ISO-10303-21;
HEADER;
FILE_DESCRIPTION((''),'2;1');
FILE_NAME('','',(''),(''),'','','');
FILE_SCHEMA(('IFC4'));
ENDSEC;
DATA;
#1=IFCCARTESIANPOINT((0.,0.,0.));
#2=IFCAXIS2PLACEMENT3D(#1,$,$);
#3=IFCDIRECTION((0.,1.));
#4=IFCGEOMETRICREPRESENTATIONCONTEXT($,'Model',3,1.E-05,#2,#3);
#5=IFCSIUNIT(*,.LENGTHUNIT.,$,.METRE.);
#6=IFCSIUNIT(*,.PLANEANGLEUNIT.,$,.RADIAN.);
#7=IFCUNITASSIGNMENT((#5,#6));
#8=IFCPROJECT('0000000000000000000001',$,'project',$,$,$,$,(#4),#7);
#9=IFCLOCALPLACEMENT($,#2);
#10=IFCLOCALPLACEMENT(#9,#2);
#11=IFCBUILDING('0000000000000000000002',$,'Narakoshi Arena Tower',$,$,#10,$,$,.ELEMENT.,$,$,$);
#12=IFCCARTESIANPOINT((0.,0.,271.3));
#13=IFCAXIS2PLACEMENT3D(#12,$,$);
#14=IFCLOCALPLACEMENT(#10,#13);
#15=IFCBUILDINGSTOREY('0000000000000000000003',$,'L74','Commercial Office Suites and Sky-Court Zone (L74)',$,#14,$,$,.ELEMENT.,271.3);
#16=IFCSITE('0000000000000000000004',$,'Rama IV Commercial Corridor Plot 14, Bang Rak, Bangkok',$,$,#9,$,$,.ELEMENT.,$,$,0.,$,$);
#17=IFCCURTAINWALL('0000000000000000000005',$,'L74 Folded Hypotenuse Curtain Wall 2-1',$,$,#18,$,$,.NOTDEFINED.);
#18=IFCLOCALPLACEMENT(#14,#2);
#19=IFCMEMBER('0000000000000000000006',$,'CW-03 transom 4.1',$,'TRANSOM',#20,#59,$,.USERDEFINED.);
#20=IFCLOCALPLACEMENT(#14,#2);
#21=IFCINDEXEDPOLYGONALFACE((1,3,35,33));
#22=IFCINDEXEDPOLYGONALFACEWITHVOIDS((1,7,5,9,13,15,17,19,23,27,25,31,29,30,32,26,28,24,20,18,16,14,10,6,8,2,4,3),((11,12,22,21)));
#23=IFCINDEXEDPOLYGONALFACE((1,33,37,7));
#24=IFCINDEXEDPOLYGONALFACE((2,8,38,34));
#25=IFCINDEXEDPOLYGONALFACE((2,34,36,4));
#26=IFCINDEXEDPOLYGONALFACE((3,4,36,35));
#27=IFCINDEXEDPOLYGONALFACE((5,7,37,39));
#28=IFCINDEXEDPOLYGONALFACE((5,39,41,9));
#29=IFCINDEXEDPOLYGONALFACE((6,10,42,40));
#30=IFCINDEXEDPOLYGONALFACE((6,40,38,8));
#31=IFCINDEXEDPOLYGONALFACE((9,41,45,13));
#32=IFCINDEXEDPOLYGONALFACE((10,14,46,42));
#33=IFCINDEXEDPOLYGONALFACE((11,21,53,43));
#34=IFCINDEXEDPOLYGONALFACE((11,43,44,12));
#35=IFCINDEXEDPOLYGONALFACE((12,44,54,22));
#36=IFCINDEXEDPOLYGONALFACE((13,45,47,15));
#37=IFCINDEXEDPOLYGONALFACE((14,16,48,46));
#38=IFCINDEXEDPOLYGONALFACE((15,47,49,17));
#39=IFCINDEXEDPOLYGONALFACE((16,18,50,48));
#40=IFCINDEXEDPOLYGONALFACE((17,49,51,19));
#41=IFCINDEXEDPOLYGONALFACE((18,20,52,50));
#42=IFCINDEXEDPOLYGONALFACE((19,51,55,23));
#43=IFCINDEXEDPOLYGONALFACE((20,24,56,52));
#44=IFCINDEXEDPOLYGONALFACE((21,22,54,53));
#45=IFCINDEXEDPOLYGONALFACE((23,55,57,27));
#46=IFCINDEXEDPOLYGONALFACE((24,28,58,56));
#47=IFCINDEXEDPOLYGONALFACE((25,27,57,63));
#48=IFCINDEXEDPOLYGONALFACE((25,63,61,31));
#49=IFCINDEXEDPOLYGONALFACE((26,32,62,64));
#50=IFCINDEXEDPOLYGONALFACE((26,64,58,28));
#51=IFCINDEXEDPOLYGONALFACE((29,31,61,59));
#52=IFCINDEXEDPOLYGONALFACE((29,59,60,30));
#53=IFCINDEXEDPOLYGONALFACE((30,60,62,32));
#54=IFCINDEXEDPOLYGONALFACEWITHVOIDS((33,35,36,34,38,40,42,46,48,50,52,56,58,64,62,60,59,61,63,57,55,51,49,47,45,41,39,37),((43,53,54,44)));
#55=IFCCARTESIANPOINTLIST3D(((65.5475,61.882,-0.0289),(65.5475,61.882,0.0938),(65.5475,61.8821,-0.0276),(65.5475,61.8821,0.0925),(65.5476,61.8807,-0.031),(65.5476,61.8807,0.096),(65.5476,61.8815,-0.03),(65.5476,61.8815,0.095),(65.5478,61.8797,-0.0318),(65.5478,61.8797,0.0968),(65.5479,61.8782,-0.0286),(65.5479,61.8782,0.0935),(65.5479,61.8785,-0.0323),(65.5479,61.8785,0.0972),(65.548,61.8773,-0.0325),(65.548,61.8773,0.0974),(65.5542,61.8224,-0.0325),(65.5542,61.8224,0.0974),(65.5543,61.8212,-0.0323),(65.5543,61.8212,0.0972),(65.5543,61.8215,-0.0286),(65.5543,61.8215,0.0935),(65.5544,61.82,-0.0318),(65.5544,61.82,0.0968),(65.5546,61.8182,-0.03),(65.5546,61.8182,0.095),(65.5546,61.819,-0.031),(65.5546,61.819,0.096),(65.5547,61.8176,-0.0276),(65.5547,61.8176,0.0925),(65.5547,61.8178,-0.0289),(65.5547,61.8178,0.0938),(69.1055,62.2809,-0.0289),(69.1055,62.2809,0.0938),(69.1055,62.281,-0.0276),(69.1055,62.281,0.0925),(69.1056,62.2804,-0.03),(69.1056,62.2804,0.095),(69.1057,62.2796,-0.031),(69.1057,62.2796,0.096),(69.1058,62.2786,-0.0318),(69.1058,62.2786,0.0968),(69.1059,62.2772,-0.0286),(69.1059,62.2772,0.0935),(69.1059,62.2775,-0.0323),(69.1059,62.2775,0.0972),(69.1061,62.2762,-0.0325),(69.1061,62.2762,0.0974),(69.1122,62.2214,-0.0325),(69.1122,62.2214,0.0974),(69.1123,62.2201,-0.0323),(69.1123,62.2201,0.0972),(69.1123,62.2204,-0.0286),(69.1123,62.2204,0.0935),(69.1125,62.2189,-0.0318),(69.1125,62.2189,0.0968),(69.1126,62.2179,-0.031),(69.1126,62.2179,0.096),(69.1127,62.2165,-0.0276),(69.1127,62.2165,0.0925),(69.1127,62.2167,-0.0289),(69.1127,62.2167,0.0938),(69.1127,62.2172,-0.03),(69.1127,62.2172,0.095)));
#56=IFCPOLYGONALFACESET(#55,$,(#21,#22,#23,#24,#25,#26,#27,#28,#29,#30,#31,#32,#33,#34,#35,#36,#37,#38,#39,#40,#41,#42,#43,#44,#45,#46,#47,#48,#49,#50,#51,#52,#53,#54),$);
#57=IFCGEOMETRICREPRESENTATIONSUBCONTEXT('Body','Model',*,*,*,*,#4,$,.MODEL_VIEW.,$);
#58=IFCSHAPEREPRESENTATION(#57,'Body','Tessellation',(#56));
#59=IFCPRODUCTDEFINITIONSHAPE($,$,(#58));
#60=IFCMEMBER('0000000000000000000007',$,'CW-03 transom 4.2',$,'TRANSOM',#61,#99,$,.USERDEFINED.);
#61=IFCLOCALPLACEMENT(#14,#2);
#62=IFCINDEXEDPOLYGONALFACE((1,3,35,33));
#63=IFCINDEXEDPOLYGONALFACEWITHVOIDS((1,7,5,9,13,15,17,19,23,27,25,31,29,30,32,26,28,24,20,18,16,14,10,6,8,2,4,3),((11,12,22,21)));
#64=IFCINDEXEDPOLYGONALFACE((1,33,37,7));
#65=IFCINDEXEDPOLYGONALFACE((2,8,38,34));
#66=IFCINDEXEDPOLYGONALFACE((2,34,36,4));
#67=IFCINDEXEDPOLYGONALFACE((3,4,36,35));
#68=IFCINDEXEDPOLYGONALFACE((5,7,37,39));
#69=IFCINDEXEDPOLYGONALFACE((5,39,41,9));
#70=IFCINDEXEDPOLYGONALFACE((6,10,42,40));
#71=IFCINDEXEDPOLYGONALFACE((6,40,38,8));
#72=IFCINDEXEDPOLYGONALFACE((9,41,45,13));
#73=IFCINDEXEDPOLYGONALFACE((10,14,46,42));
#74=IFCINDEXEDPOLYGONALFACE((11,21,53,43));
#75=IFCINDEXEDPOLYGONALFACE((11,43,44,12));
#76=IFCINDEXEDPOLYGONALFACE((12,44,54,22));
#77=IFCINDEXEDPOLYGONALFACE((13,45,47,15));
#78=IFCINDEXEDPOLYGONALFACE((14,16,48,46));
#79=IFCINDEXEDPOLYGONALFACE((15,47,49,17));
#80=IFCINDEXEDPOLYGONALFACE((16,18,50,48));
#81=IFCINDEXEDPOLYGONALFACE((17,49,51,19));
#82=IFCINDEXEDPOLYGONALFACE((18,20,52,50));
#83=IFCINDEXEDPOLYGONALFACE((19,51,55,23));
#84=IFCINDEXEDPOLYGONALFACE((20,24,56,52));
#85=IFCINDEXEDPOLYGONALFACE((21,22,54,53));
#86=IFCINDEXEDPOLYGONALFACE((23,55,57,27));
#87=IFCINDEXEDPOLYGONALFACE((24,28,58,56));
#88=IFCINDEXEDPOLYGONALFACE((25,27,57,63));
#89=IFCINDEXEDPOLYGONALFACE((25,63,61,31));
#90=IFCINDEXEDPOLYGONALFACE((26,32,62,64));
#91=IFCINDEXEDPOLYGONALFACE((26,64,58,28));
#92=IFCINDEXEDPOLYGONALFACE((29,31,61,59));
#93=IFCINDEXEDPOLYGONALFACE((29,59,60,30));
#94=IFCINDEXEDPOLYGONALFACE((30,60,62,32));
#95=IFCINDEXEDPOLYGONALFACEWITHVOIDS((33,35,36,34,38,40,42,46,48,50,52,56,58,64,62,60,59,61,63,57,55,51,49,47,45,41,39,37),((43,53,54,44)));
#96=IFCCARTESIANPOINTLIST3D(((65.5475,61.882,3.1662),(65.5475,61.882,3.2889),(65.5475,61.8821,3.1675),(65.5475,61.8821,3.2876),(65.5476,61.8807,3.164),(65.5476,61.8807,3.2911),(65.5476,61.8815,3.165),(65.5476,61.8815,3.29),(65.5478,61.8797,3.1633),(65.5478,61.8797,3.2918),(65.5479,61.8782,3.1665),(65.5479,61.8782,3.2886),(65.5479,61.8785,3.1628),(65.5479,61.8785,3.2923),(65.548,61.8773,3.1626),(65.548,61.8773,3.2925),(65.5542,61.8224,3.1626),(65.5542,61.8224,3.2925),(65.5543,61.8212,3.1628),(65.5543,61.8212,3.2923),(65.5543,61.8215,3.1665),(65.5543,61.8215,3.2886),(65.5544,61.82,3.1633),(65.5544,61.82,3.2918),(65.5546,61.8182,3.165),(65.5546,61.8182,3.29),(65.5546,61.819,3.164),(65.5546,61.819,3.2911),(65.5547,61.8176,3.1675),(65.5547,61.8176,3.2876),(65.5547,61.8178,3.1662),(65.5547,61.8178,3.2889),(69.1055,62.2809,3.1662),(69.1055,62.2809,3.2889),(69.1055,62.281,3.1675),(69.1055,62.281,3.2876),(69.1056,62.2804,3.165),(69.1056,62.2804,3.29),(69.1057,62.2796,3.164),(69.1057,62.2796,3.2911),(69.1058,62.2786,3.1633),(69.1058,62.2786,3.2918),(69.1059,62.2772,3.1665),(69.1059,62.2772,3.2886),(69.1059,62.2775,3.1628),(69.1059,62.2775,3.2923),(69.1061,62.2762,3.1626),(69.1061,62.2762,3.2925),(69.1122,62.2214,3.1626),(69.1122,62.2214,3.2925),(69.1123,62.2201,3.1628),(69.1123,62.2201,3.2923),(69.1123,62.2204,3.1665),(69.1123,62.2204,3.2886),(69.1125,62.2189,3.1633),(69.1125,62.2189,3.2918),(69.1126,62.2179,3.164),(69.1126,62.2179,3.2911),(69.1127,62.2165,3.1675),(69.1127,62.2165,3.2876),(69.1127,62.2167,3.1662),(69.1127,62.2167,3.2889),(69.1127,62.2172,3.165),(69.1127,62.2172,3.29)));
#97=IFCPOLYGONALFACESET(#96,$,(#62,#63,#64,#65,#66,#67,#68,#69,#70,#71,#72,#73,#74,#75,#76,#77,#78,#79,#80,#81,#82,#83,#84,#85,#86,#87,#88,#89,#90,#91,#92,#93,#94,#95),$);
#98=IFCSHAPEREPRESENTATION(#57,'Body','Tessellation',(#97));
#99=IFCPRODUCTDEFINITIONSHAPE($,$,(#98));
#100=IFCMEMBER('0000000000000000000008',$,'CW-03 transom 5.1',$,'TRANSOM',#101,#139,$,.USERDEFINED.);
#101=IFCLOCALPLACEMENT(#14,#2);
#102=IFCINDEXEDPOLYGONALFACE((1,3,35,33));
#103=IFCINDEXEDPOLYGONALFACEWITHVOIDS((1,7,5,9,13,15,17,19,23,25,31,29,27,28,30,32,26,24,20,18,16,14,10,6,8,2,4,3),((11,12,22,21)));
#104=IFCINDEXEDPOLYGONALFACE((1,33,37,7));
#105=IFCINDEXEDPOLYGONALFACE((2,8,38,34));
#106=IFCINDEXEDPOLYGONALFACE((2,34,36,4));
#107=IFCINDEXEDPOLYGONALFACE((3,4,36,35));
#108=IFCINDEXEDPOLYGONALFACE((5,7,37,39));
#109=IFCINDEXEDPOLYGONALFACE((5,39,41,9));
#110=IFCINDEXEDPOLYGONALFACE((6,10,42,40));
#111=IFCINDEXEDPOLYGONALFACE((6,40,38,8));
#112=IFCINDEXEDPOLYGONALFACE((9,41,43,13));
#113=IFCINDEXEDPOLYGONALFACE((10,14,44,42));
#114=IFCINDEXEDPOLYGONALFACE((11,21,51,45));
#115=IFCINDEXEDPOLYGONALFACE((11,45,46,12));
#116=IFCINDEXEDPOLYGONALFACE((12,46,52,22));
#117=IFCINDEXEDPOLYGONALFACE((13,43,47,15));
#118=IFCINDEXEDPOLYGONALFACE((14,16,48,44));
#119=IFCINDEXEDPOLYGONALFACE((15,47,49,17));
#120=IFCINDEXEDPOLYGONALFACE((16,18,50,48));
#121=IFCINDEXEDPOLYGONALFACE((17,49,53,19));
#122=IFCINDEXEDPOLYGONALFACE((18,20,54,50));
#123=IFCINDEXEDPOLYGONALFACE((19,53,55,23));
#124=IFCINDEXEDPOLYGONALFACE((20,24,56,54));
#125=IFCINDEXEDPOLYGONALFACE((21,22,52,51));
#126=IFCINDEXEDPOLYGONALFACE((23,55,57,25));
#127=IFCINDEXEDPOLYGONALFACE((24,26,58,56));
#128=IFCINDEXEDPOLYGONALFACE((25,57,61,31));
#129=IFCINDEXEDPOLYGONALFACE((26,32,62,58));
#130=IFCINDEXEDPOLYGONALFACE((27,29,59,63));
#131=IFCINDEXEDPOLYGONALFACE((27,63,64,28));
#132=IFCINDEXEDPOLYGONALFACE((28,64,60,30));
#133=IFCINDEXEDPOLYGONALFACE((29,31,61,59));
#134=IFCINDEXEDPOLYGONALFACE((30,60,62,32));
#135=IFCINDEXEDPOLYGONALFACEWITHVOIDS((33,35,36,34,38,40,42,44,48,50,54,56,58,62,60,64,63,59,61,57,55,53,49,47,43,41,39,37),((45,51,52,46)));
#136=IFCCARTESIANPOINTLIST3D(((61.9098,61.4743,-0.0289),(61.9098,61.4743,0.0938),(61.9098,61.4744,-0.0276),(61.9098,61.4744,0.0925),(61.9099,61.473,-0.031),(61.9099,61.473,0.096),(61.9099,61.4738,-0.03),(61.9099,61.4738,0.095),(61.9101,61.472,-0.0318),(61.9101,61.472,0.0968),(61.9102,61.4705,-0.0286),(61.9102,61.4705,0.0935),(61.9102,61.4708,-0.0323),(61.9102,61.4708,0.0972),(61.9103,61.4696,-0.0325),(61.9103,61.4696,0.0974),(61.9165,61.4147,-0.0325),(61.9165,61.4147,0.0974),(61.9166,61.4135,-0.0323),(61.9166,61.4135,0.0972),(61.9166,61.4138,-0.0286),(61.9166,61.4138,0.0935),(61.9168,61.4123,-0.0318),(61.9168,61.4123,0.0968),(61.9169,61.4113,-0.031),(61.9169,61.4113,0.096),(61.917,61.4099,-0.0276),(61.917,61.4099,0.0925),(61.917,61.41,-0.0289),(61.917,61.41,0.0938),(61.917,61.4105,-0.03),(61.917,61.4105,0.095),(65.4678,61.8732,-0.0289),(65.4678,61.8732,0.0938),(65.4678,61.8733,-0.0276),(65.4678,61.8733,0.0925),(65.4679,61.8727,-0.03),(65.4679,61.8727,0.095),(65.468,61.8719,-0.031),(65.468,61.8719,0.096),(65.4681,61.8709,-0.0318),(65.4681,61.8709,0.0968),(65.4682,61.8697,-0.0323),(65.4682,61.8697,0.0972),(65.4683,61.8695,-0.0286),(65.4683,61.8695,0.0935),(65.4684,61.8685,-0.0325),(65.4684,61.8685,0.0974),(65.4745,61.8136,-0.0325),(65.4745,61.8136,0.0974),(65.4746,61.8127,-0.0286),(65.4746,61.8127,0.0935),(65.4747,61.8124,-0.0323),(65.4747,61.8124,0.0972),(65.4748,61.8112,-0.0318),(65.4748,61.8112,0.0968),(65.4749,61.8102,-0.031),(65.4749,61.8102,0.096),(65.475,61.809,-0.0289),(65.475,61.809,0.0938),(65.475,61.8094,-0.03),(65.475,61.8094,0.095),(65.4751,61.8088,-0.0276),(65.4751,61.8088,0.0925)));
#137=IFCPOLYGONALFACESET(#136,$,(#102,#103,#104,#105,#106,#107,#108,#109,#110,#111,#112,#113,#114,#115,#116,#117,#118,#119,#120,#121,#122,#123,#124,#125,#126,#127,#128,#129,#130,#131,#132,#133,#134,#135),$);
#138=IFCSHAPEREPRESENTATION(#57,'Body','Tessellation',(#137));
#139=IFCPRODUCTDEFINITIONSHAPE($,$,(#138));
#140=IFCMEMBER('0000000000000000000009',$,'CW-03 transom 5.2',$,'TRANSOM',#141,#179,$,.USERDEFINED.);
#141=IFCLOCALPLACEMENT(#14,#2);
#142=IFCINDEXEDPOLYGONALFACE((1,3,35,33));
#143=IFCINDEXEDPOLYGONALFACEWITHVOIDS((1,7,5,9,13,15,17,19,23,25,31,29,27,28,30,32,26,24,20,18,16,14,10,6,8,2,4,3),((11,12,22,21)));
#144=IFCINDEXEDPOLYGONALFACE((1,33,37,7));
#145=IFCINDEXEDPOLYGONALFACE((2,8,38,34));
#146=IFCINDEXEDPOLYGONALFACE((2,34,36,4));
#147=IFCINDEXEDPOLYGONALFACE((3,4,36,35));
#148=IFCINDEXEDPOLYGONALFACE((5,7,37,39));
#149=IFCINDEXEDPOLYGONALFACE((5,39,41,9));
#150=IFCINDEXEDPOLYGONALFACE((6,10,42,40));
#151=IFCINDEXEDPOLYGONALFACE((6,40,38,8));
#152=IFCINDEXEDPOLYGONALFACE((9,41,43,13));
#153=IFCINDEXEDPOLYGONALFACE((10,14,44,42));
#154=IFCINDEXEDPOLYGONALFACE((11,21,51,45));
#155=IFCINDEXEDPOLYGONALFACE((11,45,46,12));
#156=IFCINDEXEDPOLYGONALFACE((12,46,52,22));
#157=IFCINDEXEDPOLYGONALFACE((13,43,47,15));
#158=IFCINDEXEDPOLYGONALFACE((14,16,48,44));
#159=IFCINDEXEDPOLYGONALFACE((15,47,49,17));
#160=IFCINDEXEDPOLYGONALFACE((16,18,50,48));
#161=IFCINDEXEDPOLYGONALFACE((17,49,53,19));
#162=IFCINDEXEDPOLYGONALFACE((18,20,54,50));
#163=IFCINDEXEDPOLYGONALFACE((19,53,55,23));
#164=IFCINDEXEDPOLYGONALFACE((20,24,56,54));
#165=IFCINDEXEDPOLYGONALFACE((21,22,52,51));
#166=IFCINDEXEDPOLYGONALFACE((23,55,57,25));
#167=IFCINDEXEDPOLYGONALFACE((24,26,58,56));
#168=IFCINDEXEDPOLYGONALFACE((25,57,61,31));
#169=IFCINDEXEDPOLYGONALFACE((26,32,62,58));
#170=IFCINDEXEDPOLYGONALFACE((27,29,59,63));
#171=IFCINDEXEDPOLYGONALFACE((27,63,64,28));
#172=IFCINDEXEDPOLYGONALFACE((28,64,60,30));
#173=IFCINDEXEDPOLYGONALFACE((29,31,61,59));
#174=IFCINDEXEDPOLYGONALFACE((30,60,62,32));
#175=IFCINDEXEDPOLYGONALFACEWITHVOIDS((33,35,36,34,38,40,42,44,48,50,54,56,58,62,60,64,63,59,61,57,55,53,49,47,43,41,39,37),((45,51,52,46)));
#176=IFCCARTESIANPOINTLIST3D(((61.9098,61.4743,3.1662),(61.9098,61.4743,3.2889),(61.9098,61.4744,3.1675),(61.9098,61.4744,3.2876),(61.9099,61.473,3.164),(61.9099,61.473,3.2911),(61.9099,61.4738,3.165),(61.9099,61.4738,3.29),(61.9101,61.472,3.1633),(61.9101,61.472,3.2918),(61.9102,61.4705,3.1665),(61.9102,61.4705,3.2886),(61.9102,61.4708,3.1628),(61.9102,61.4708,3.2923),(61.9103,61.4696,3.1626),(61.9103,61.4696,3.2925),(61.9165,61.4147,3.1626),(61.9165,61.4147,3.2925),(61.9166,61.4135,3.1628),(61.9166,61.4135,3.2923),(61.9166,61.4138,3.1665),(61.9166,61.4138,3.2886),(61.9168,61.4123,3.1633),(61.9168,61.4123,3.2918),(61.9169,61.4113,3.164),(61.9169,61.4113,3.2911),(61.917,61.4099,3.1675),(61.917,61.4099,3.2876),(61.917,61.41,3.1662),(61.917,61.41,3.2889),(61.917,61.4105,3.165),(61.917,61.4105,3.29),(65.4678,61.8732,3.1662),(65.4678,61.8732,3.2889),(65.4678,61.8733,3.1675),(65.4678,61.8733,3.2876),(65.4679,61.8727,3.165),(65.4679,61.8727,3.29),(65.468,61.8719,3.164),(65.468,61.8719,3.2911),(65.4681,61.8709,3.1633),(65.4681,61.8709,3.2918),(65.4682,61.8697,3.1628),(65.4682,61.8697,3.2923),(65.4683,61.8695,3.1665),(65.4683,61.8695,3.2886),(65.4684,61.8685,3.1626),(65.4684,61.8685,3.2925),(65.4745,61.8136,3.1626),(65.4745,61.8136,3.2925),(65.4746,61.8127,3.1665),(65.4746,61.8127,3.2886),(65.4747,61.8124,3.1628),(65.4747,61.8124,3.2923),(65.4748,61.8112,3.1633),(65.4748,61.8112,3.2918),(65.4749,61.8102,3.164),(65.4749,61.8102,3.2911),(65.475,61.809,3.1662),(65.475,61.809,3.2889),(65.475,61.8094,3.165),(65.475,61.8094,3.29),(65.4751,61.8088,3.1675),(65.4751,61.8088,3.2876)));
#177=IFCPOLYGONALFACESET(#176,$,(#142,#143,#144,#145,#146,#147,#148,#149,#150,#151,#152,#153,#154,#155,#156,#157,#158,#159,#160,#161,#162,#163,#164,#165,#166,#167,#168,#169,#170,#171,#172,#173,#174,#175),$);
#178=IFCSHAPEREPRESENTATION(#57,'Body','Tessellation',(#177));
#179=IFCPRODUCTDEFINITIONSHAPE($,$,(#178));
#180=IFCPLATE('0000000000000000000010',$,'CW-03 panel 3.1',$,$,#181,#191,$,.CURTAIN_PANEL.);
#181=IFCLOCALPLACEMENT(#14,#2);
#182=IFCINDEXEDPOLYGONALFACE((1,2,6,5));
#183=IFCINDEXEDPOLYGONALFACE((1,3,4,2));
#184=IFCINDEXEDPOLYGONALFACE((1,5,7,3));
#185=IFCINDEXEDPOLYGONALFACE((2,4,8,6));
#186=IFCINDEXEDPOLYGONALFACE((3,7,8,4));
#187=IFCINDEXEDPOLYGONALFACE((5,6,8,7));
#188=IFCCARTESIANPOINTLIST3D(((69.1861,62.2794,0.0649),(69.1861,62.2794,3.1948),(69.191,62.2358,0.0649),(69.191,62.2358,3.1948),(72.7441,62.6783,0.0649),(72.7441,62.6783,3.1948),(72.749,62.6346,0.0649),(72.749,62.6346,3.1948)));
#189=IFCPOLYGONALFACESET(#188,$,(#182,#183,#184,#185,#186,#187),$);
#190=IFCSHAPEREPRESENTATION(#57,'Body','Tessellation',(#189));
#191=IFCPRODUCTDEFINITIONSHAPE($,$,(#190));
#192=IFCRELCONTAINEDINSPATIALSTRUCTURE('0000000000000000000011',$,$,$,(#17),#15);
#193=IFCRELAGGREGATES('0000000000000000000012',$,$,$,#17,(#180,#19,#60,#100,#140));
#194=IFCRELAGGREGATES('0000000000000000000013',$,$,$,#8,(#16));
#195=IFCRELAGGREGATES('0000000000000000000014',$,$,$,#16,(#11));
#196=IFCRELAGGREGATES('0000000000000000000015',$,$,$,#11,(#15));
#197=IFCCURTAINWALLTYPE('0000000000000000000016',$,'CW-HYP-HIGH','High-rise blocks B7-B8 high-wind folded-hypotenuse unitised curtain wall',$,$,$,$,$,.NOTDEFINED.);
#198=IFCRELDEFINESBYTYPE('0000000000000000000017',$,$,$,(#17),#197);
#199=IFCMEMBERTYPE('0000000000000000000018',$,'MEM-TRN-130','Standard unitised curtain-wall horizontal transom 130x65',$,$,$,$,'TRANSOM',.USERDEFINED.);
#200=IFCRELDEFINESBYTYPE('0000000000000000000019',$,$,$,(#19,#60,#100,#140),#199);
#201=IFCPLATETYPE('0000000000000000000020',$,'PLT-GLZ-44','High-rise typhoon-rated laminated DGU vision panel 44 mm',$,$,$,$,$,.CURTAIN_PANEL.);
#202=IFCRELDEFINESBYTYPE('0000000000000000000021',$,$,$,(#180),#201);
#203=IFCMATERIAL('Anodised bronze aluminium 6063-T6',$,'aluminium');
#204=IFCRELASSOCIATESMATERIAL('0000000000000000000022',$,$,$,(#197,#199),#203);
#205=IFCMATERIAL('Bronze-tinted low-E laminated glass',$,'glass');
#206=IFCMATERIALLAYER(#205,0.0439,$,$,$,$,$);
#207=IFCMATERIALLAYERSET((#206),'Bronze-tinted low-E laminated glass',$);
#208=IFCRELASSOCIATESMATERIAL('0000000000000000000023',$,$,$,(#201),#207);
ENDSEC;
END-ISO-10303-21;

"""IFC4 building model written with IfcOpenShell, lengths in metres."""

from ifc_helpers import new_model, si_unit, direction, frame, origin, origin_2d, place, context, subcontext, project, spatial, rectangle, hollow_rectangle, extrude, material, layer, layer_set, material_profile, profile_set, type_object, element, aggregate, save


model = new_model("IFC4")

# Units and contexts
model_context = context("Model", 3, precision=1e-05, world=origin(), true_north=direction((0.0, 1.0)))
body_context = subcontext(model_context, "Body", "Model", "MODEL_VIEW")
ifc_project = project(units=[si_unit("LENGTHUNIT", "METRE"), si_unit("PLANEANGLEUNIT", "RADIAN")], contexts=[model_context])

# Site, building, storey
site_placement = place(None, origin())
site = spatial("IfcSite", under=ifc_project, at=site_placement, Name="Rama IV Commercial Corridor Plot 14, Bang Rak, Bangkok", CompositionType="ELEMENT", RefElevation=0.0)
building_placement = place(site_placement, origin())
building = spatial("IfcBuilding", under=site, at=building_placement, Name="Narakoshi Arena Tower", CompositionType="ELEMENT")
storey_placement = place(building_placement, frame((0.0, 0.0, 271.3)))
storey = spatial("IfcBuildingStorey", under=building, at=storey_placement, Name="L74", Description="Commercial Office Suites and Sky-Court Zone (L74)", CompositionType="ELEMENT", Elevation=271.3)

# Curtain wall, members, plate
ifc_material_1 = material(Name="Anodised bronze aluminium 6063-T6", Category="aluminium")
curtain_wall_type = type_object("IfcCurtainWallType", Name="CW-HYP-HIGH", Description="High-rise blocks B7-B8 high-wind folded-hypotenuse unitised curtain wall", PredefinedType="NOTDEFINED", material=ifc_material_1)
curtain_wall_placement = place(storey_placement, origin())
curtain_wall = element("IfcCurtainWall", 1, at=curtain_wall_placement, inside=storey, type_object=curtain_wall_type, Name="L74 Folded Hypotenuse Curtain Wall 2-1", PredefinedType="NOTDEFINED")
ifc_material_profile_1 = material_profile(ifc_material_1, hollow_rectangle(XDim=0.0649, YDim=0.1299, WallThickness=0.0039, OuterFilletRadius=0.0049, at=origin_2d()), Name="TRN130x65x4")
ifc_profile_set_1 = profile_set([ifc_material_profile_1], Name="Anodised bronze aluminium 6063-T6")
member_type_1 = type_object("IfcMemberType", Name="MEM-TRN-130", Description="Standard unitised curtain-wall horizontal transom 130x65", ElementType="TRANSOM", PredefinedType="USERDEFINED", material=ifc_profile_set_1)
member_1_placement = place(storey_placement, frame((69.1091, 62.2488, 0.0325), z_axis=(-0.993773, -0.111419, 0.0), x_axis=(0.111419, -0.993773, 0.0)))
member_1 = element("IfcMember", 2, at=member_1_placement, type_object=member_type_1, Name="CW-03 transom 4.1", ObjectType="TRANSOM", PredefinedType="USERDEFINED", context=body_context, shape_type="SweptSolid", body=[
    extrude(hollow_rectangle(XDim=0.0649, YDim=0.1299, WallThickness=0.0039, OuterFilletRadius=0.0049, at=origin_2d()), origin(), (0.0, 0.0, 1.0), 3.5803),
])
member_2_placement = place(storey_placement, frame((69.1091, 62.2488, 3.2275), z_axis=(-0.993773, -0.111419, 0.0), x_axis=(0.111419, -0.993773, 0.0)))
member_2 = element("IfcMember", 3, at=member_2_placement, type_object=member_type_1, Name="CW-03 transom 4.2", ObjectType="TRANSOM", PredefinedType="USERDEFINED", context=body_context, shape_type="SweptSolid", body=[
    extrude(hollow_rectangle(XDim=0.0649, YDim=0.1299, WallThickness=0.0039, OuterFilletRadius=0.0049, at=origin_2d()), origin(), (0.0, 0.0, 1.0), 3.5803),
])
member_3_placement = place(storey_placement, frame((65.4714, 61.8411, 0.0325), z_axis=(-0.993773, -0.111419, 0.0), x_axis=(0.111419, -0.993773, 0.0)))
member_3 = element("IfcMember", 4, at=member_3_placement, type_object=member_type_1, Name="CW-03 transom 5.1", ObjectType="TRANSOM", PredefinedType="USERDEFINED", context=body_context, shape_type="SweptSolid", body=[
    extrude(hollow_rectangle(XDim=0.0649, YDim=0.1299, WallThickness=0.0039, OuterFilletRadius=0.0049, at=origin_2d()), origin(), (0.0, 0.0, 1.0), 3.5803),
])
member_4_placement = place(storey_placement, frame((65.4714, 61.8411, 3.2275), z_axis=(-0.993773, -0.111419, 0.0), x_axis=(0.111419, -0.993773, 0.0)))
member_4 = element("IfcMember", 5, at=member_4_placement, type_object=member_type_1, Name="CW-03 transom 5.2", ObjectType="TRANSOM", PredefinedType="USERDEFINED", context=body_context, shape_type="SweptSolid", body=[
    extrude(hollow_rectangle(XDim=0.0649, YDim=0.1299, WallThickness=0.0039, OuterFilletRadius=0.0049, at=origin_2d()), origin(), (0.0, 0.0, 1.0), 3.5803),
])
ifc_material_2 = material(Name="Bronze-tinted low-E laminated glass", Category="glass")
ifc_layer_1 = layer(ifc_material_2, 0.0439)
ifc_layer_set_1 = layer_set([ifc_layer_1], Name="Bronze-tinted low-E laminated glass")
plate_type = type_object("IfcPlateType", Name="PLT-GLZ-44", Description="High-rise typhoon-rated laminated DGU vision panel 44 mm", PredefinedType="CURTAIN_PANEL", material=ifc_layer_set_1)
plate_1_placement = place(storey_placement, frame((70.9675, 62.457, 0.0649), z_axis=(0.0, 0.0, 1.0), x_axis=(-0.993776, -0.111396, 0.0)))
plate_1 = element("IfcPlate", 6, at=plate_1_placement, type_object=plate_type, Name="CW-03 panel 3.1", PredefinedType="CURTAIN_PANEL", context=body_context, shape_type="SweptSolid", body=[
    extrude(rectangle(XDim=3.5803, YDim=0.0439, at=origin_2d()), origin(), (0.0, 0.0, 1.0), 3.1299),
])
aggregate(curtain_wall, [plate_1, member_1, member_2, member_3, member_4])

save(model, "model.ifc")
